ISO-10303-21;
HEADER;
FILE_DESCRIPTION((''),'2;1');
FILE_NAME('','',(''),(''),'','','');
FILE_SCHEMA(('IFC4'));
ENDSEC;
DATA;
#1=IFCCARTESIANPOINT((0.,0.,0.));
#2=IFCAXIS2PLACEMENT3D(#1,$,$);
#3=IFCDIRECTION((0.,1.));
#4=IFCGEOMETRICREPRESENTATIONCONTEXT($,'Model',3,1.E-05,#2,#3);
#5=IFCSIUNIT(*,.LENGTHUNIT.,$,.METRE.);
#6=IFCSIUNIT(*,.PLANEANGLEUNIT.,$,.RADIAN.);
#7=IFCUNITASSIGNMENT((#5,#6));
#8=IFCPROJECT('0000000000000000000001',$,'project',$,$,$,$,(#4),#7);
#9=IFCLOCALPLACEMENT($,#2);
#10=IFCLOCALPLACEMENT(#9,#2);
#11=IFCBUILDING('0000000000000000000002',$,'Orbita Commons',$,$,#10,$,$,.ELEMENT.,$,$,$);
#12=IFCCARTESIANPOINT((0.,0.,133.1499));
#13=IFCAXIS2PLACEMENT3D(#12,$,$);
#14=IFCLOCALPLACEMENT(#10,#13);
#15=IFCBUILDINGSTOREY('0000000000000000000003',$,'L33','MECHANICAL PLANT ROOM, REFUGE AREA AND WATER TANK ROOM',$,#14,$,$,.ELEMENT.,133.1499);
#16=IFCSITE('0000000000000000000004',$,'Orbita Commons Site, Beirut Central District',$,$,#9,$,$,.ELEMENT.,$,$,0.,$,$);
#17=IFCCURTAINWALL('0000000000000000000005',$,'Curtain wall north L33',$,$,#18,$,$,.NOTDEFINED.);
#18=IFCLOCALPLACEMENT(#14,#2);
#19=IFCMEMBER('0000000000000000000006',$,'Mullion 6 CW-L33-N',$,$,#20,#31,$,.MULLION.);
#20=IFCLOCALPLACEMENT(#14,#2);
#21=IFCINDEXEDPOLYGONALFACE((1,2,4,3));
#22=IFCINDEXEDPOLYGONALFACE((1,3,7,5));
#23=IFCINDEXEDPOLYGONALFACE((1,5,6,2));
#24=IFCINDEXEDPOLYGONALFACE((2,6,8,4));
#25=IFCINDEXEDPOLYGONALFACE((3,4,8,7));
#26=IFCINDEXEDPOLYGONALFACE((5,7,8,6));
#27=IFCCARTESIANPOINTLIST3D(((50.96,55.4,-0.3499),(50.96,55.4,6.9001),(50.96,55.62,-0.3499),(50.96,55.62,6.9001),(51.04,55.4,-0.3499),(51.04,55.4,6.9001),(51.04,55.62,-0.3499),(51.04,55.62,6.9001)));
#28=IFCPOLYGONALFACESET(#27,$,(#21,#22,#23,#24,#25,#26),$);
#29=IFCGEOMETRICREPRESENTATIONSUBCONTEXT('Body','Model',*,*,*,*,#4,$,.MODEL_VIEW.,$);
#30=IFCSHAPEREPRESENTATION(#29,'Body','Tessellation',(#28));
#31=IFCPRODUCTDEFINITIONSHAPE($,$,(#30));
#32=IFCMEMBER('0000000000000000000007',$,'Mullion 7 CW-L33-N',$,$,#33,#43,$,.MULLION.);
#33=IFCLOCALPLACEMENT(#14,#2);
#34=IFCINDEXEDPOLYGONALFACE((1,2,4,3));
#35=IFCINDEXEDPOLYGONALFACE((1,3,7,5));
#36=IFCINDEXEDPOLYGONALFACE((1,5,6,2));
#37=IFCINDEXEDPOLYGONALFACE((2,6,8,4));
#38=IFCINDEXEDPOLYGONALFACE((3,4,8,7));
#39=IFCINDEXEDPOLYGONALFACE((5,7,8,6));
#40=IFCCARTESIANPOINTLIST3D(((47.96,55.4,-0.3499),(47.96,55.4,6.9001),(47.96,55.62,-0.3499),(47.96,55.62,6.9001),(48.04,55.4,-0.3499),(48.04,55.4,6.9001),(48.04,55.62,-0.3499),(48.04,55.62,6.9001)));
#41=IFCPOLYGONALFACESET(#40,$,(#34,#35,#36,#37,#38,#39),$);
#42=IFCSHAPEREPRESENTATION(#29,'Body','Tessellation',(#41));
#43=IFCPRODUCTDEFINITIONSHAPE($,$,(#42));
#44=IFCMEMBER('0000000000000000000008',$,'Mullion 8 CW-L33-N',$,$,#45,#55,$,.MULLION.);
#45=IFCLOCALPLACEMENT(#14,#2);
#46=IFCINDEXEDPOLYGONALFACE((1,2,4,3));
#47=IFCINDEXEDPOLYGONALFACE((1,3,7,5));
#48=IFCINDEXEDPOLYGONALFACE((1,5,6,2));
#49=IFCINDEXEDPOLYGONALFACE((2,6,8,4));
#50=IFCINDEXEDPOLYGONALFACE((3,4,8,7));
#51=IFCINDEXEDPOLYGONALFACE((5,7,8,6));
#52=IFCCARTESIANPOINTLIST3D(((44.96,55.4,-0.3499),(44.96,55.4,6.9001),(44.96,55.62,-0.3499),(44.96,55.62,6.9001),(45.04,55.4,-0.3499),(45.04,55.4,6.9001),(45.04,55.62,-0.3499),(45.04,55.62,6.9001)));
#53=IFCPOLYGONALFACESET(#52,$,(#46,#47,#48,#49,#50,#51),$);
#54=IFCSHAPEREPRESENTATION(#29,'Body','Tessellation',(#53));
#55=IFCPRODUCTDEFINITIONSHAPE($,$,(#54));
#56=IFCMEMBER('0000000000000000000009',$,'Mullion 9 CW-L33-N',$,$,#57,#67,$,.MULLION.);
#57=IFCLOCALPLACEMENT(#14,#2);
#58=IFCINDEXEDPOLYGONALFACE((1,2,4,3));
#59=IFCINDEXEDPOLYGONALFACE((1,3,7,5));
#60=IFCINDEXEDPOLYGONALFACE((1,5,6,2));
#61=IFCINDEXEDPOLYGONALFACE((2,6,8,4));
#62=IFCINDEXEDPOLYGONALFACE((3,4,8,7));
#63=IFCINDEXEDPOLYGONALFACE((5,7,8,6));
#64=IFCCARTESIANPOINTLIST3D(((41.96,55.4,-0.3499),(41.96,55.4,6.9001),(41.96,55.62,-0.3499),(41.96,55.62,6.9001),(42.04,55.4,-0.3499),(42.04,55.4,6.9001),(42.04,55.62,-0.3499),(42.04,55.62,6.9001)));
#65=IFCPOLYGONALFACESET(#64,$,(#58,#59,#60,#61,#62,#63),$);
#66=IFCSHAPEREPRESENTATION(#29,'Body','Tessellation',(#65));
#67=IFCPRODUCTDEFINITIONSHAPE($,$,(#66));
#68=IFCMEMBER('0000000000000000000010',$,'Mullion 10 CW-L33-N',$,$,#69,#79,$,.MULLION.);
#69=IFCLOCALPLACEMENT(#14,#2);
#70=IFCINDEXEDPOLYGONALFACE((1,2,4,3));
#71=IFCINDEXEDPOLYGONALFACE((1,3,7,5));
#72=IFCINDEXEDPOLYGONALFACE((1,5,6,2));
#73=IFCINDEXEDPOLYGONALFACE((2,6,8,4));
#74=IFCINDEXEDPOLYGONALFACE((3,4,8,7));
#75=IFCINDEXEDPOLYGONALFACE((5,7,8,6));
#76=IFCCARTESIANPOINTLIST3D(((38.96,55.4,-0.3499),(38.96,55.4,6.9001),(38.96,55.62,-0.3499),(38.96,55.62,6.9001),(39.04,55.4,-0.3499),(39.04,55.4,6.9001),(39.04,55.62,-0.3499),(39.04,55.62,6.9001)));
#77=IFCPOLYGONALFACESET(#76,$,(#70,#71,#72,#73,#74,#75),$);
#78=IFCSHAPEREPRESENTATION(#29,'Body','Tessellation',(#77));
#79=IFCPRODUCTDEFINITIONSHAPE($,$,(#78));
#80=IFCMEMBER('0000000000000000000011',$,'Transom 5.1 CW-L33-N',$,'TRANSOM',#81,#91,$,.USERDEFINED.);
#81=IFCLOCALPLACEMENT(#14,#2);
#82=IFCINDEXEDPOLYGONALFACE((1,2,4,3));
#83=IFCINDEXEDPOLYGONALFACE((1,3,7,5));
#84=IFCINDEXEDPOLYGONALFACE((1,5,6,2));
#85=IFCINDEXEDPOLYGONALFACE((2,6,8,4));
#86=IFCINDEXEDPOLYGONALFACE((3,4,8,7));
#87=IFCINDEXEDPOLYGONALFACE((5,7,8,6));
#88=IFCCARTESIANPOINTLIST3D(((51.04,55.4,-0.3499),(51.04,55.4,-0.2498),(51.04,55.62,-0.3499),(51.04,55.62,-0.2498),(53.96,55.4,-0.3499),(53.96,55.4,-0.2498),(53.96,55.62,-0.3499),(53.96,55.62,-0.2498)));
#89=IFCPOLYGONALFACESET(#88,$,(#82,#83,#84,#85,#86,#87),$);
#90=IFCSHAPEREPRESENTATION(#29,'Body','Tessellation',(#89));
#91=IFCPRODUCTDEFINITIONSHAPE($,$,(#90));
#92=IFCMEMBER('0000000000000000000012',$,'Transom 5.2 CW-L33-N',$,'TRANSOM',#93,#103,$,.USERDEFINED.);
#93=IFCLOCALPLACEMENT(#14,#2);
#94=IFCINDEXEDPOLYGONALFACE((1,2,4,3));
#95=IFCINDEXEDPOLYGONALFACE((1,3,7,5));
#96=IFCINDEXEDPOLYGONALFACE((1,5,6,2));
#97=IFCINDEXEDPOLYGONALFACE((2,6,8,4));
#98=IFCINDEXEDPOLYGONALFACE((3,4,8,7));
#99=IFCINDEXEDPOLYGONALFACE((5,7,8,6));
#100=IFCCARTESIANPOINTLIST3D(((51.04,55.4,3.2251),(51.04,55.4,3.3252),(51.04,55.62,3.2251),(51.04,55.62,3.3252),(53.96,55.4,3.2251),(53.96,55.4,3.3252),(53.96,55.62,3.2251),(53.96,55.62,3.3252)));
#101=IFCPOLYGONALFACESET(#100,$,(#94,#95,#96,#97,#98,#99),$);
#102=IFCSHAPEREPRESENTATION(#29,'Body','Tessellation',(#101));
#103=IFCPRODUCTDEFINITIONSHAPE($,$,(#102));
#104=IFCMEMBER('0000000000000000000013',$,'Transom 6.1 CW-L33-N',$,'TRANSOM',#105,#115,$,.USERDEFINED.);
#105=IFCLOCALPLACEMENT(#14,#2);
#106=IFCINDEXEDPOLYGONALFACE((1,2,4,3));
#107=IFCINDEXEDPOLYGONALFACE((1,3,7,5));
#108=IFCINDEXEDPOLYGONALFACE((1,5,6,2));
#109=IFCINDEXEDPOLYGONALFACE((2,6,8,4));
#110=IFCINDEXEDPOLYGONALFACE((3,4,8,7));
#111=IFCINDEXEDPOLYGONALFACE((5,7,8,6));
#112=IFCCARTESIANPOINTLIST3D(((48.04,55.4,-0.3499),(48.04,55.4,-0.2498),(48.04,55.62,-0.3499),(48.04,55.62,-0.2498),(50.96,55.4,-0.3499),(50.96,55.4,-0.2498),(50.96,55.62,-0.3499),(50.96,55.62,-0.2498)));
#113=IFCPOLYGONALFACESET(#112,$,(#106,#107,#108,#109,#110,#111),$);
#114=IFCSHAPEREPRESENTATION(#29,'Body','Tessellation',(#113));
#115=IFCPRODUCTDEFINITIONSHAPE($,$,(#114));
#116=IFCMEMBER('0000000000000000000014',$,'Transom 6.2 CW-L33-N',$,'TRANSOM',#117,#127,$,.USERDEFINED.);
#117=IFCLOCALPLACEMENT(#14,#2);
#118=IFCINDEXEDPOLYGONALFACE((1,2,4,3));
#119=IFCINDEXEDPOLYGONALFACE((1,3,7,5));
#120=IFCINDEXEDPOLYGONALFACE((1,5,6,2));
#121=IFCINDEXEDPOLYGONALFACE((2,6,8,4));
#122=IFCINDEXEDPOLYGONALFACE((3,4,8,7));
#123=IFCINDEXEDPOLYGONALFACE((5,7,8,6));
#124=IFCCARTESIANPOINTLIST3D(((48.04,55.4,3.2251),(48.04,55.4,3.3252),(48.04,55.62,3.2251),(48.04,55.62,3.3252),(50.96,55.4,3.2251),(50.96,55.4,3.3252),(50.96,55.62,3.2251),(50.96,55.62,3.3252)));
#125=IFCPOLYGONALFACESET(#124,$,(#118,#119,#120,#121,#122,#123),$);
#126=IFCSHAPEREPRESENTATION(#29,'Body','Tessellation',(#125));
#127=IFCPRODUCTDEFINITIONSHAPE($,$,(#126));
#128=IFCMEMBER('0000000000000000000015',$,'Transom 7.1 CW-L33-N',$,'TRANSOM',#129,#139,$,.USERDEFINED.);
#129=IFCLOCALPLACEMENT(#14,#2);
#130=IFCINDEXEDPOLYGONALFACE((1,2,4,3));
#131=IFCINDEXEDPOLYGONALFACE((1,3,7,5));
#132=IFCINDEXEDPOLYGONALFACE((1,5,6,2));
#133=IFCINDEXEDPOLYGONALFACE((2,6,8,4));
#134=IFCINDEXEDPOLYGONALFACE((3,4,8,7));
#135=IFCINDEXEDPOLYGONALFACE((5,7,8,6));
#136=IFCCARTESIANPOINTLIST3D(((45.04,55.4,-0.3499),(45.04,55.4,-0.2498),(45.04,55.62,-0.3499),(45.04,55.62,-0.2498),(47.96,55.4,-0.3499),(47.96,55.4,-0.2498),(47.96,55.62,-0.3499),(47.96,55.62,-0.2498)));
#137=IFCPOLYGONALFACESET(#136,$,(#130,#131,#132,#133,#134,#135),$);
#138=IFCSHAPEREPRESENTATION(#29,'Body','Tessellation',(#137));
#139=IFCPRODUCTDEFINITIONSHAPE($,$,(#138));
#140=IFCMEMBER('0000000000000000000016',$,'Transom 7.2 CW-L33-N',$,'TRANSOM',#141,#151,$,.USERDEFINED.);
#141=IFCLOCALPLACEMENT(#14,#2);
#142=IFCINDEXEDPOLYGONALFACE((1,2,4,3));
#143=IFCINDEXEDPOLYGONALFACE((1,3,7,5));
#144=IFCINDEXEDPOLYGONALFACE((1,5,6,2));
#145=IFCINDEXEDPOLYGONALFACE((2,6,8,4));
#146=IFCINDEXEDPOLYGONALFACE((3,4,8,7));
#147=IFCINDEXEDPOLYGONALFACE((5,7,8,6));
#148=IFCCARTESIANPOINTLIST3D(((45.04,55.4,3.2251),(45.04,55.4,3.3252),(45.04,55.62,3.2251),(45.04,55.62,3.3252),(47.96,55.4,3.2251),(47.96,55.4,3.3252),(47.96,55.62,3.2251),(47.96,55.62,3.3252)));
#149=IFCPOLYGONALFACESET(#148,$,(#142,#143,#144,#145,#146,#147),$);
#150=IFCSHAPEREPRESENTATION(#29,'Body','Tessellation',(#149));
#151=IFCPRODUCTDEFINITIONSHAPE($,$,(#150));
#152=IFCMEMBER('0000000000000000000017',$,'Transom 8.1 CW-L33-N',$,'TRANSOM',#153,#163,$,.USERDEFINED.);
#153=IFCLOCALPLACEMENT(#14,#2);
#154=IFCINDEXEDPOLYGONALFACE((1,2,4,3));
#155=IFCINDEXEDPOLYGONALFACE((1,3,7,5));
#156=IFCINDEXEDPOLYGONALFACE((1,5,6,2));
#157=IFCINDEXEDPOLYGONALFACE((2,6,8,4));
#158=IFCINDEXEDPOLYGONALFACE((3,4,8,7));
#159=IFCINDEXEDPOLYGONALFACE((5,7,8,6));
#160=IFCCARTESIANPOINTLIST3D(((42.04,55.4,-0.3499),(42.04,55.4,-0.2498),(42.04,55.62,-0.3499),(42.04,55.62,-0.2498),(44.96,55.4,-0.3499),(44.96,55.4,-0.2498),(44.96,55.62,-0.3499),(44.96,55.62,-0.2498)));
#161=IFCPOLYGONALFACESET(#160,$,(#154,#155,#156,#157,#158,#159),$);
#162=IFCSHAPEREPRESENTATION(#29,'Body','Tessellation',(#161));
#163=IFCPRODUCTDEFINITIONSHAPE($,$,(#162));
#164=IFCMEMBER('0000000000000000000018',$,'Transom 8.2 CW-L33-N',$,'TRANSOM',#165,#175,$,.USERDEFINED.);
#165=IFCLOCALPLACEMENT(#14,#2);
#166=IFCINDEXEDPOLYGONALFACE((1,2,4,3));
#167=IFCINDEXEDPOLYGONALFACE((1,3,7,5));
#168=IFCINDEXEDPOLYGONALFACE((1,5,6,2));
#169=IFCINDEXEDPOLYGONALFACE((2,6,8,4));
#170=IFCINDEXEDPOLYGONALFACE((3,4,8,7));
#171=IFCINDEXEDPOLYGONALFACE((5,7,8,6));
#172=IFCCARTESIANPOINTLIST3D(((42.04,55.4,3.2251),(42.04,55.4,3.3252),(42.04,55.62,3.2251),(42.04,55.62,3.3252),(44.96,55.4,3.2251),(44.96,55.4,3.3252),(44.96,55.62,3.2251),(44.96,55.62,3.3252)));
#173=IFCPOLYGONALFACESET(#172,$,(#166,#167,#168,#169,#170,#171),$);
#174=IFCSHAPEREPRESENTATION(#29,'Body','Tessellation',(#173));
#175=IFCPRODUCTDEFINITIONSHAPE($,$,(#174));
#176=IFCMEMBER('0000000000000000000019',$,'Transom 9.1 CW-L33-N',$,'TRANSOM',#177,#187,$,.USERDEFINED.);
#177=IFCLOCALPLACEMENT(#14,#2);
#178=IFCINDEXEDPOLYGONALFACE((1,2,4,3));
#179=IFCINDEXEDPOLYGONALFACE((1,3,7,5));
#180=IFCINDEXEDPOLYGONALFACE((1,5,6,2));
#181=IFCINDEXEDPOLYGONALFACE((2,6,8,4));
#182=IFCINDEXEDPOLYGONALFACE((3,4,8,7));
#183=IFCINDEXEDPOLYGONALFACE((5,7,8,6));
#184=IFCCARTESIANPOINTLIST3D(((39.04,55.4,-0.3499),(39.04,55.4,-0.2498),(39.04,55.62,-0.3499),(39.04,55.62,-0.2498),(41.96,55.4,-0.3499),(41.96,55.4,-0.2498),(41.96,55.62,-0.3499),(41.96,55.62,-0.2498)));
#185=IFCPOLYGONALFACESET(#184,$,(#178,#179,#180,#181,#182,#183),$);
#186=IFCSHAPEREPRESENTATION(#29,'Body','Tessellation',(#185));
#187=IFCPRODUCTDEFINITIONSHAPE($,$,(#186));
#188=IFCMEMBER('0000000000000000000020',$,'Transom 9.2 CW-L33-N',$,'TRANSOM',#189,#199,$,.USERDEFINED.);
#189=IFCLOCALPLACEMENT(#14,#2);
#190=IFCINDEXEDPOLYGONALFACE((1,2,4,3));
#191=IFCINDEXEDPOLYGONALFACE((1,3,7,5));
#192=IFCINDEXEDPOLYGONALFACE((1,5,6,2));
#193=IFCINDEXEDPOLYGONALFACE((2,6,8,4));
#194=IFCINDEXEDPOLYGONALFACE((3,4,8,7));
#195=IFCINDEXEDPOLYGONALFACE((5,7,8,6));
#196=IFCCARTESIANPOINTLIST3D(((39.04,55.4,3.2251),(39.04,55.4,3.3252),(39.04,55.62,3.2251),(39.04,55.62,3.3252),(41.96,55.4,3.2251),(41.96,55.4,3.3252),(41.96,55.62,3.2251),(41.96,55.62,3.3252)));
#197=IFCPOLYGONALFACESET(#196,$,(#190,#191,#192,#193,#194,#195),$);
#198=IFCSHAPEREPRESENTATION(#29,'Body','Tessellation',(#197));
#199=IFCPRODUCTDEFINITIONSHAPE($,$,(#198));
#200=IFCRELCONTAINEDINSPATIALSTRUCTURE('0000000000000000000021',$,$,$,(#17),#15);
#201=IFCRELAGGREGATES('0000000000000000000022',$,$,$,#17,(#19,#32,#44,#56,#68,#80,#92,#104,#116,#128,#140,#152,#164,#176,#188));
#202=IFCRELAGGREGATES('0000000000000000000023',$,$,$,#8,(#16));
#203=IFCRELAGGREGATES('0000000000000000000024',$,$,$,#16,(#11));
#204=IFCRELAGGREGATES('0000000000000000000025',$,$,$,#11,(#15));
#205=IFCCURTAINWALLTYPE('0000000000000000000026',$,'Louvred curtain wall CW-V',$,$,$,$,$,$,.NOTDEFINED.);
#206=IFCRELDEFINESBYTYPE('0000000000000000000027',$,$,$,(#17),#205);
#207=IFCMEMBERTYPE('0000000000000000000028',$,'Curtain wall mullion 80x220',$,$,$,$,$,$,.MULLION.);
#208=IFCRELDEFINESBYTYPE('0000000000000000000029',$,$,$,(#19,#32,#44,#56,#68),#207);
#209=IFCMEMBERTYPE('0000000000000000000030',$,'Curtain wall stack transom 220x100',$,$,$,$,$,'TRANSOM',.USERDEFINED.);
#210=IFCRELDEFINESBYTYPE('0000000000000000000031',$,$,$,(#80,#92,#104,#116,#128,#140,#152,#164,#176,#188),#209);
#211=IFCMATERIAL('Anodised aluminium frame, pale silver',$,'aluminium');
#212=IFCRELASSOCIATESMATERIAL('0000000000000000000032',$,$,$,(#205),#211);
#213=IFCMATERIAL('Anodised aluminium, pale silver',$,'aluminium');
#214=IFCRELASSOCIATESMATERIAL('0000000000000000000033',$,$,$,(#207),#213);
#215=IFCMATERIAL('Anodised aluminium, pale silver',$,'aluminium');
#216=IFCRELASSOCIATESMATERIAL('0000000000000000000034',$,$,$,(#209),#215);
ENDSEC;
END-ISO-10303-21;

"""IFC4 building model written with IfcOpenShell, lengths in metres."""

from ifc_helpers import new_model, si_unit, direction, frame, origin, origin_2d, place, context, subcontext, project, spatial, rectangle, extrude, material, material_profile, profile_set, type_object, element, aggregate, save


model = new_model("IFC4")

# Units and contexts
model_context = context("Model", 3, precision=1e-05, world=origin(), true_north=direction((0.0, 1.0)))
body_context = subcontext(model_context, "Body", "Model", "MODEL_VIEW")
ifc_project = project(units=[si_unit("LENGTHUNIT", "METRE"), si_unit("PLANEANGLEUNIT", "RADIAN")], contexts=[model_context])

# Site, building, storey
site_placement = place(None, origin())
site = spatial("IfcSite", under=ifc_project, at=site_placement, Name="Orbita Commons Site, Beirut Central District", CompositionType="ELEMENT", RefElevation=0.0)
building_placement = place(site_placement, origin())
building = spatial("IfcBuilding", under=site, at=building_placement, Name="Orbita Commons", CompositionType="ELEMENT")
storey_placement = place(building_placement, frame((0.0, 0.0, 133.1499)))
storey = spatial("IfcBuildingStorey", under=building, at=storey_placement, Name="L33", Description="MECHANICAL PLANT ROOM, REFUGE AREA AND WATER TANK ROOM", CompositionType="ELEMENT", Elevation=133.1499)

# Curtain wall, members
ifc_material_1 = material(Name="Anodised aluminium frame, pale silver", Category="aluminium")
curtain_wall_type = type_object("IfcCurtainWallType", Name="Louvred curtain wall CW-V", PredefinedType="NOTDEFINED", material=ifc_material_1)
curtain_wall_placement = place(storey_placement, origin())
curtain_wall = element("IfcCurtainWall", 1, at=curtain_wall_placement, inside=storey, type_object=curtain_wall_type, Name="Curtain wall north L33", PredefinedType="NOTDEFINED")
ifc_material_2 = material(Name="Anodised aluminium, pale silver", Category="aluminium")
ifc_material_profile_1 = material_profile(ifc_material_2, rectangle(XDim=0.0801, YDim=0.22, at=origin_2d()), Name="AL 80x220")
ifc_profile_set_1 = profile_set([ifc_material_profile_1], Name="Anodised aluminium, pale silver")
member_type_1 = type_object("IfcMemberType", Name="Curtain wall mullion 80x220", PredefinedType="MULLION", material=ifc_profile_set_1)
member_1_placement = place(storey_placement, frame((51.0, 55.51, -0.3499), z_axis=(0.0, 0.0, 1.0), x_axis=(-1.0, 0.0, 0.0)))
member_1 = element("IfcMember", 2, at=member_1_placement, type_object=member_type_1, Name="Mullion 6 CW-L33-N", PredefinedType="MULLION", context=body_context, shape_type="SweptSolid", body=[
    extrude(rectangle(XDim=0.0801, YDim=0.22, at=origin_2d()), origin(), (0.0, 0.0, 1.0), 7.25),
])
member_2_placement = place(storey_placement, frame((48.0, 55.51, -0.3499), z_axis=(0.0, 0.0, 1.0), x_axis=(-1.0, 0.0, 0.0)))
member_2 = element("IfcMember", 3, at=member_2_placement, type_object=member_type_1, Name="Mullion 7 CW-L33-N", PredefinedType="MULLION", context=body_context, shape_type="SweptSolid", body=[
    extrude(rectangle(XDim=0.0801, YDim=0.22, at=origin_2d()), origin(), (0.0, 0.0, 1.0), 7.25),
])
member_3_placement = place(storey_placement, frame((45.0, 55.51, -0.3499), z_axis=(0.0, 0.0, 1.0), x_axis=(-1.0, 0.0, 0.0)))
member_3 = element("IfcMember", 4, at=member_3_placement, type_object=member_type_1, Name="Mullion 8 CW-L33-N", PredefinedType="MULLION", context=body_context, shape_type="SweptSolid", body=[
    extrude(rectangle(XDim=0.0801, YDim=0.22, at=origin_2d()), origin(), (0.0, 0.0, 1.0), 7.25),
])
member_4_placement = place(storey_placement, frame((42.0, 55.51, -0.3499), z_axis=(0.0, 0.0, 1.0), x_axis=(-1.0, 0.0, 0.0)))
member_4 = element("IfcMember", 5, at=member_4_placement, type_object=member_type_1, Name="Mullion 9 CW-L33-N", PredefinedType="MULLION", context=body_context, shape_type="SweptSolid", body=[
    extrude(rectangle(XDim=0.0801, YDim=0.22, at=origin_2d()), origin(), (0.0, 0.0, 1.0), 7.25),
])
member_5_placement = place(storey_placement, frame((39.0, 55.51, -0.3499), z_axis=(0.0, 0.0, 1.0), x_axis=(-1.0, 0.0, 0.0)))
member_5 = element("IfcMember", 6, at=member_5_placement, type_object=member_type_1, Name="Mullion 10 CW-L33-N", PredefinedType="MULLION", context=body_context, shape_type="SweptSolid", body=[
    extrude(rectangle(XDim=0.0801, YDim=0.22, at=origin_2d()), origin(), (0.0, 0.0, 1.0), 7.25),
])
ifc_material_3 = material(Name="Anodised aluminium, pale silver", Category="aluminium")
ifc_material_profile_2 = material_profile(ifc_material_3, rectangle(XDim=0.22, YDim=0.1001, at=origin_2d()), Name="AL 220x100")
ifc_profile_set_2 = profile_set([ifc_material_profile_2], Name="Anodised aluminium, pale silver")
member_type_2 = type_object("IfcMemberType", Name="Curtain wall stack transom 220x100", ElementType="TRANSOM", PredefinedType="USERDEFINED", material=ifc_profile_set_2)
member_6_placement = place(storey_placement, frame((53.96, 55.51, -0.2998), z_axis=(-1.0, 0.0, 0.0), x_axis=(0.0, -1.0, 0.0)))
member_6 = element("IfcMember", 7, at=member_6_placement, type_object=member_type_2, Name="Transom 5.1 CW-L33-N", ObjectType="TRANSOM", PredefinedType="USERDEFINED", context=body_context, shape_type="SweptSolid", body=[
    extrude(rectangle(XDim=0.22, YDim=0.1001, at=origin_2d()), origin(), (0.0, 0.0, 1.0), 2.9199),
])
member_7_placement = place(storey_placement, frame((53.96, 55.51, 3.2751), z_axis=(-1.0, 0.0, 0.0), x_axis=(0.0, -1.0, 0.0)))
member_7 = element("IfcMember", 8, at=member_7_placement, type_object=member_type_2, Name="Transom 5.2 CW-L33-N", ObjectType="TRANSOM", PredefinedType="USERDEFINED", context=body_context, shape_type="SweptSolid", body=[
    extrude(rectangle(XDim=0.22, YDim=0.1001, at=origin_2d()), origin(), (0.0, 0.0, 1.0), 2.9199),
])
member_8_placement = place(storey_placement, frame((50.96, 55.51, -0.2998), z_axis=(-1.0, 0.0, 0.0), x_axis=(0.0, -1.0, 0.0)))
member_8 = element("IfcMember", 9, at=member_8_placement, type_object=member_type_2, Name="Transom 6.1 CW-L33-N", ObjectType="TRANSOM", PredefinedType="USERDEFINED", context=body_context, shape_type="SweptSolid", body=[
    extrude(rectangle(XDim=0.22, YDim=0.1001, at=origin_2d()), origin(), (0.0, 0.0, 1.0), 2.9199),
])
member_9_placement = place(storey_placement, frame((50.96, 55.51, 3.2751), z_axis=(-1.0, 0.0, 0.0), x_axis=(0.0, -1.0, 0.0)))
member_9 = element("IfcMember", 10, at=member_9_placement, type_object=member_type_2, Name="Transom 6.2 CW-L33-N", ObjectType="TRANSOM", PredefinedType="USERDEFINED", context=body_context, shape_type="SweptSolid", body=[
    extrude(rectangle(XDim=0.22, YDim=0.1001, at=origin_2d()), origin(), (0.0, 0.0, 1.0), 2.9199),
])
member_10_placement = place(storey_placement, frame((47.96, 55.51, -0.2998), z_axis=(-1.0, 0.0, 0.0), x_axis=(0.0, -1.0, 0.0)))
member_10 = element("IfcMember", 11, at=member_10_placement, type_object=member_type_2, Name="Transom 7.1 CW-L33-N", ObjectType="TRANSOM", PredefinedType="USERDEFINED", context=body_context, shape_type="SweptSolid", body=[
    extrude(rectangle(XDim=0.22, YDim=0.1001, at=origin_2d()), origin(), (0.0, 0.0, 1.0), 2.9199),
])
member_11_placement = place(storey_placement, frame((47.96, 55.51, 3.2751), z_axis=(-1.0, 0.0, 0.0), x_axis=(0.0, -1.0, 0.0)))
member_11 = element("IfcMember", 12, at=member_11_placement, type_object=member_type_2, Name="Transom 7.2 CW-L33-N", ObjectType="TRANSOM", PredefinedType="USERDEFINED", context=body_context, shape_type="SweptSolid", body=[
    extrude(rectangle(XDim=0.22, YDim=0.1001, at=origin_2d()), origin(), (0.0, 0.0, 1.0), 2.9199),
])
member_12_placement = place(storey_placement, frame((44.96, 55.51, -0.2998), z_axis=(-1.0, 0.0, 0.0), x_axis=(0.0, -1.0, 0.0)))
member_12 = element("IfcMember", 13, at=member_12_placement, type_object=member_type_2, Name="Transom 8.1 CW-L33-N", ObjectType="TRANSOM", PredefinedType="USERDEFINED", context=body_context, shape_type="SweptSolid", body=[
    extrude(rectangle(XDim=0.22, YDim=0.1001, at=origin_2d()), origin(), (0.0, 0.0, 1.0), 2.9199),
])
member_13_placement = place(storey_placement, frame((44.96, 55.51, 3.2751), z_axis=(-1.0, 0.0, 0.0), x_axis=(0.0, -1.0, 0.0)))
member_13 = element("IfcMember", 14, at=member_13_placement, type_object=member_type_2, Name="Transom 8.2 CW-L33-N", ObjectType="TRANSOM", PredefinedType="USERDEFINED", context=body_context, shape_type="SweptSolid", body=[
    extrude(rectangle(XDim=0.22, YDim=0.1001, at=origin_2d()), origin(), (0.0, 0.0, 1.0), 2.9199),
])
member_14_placement = place(storey_placement, frame((41.96, 55.51, -0.2998), z_axis=(-1.0, 0.0, 0.0), x_axis=(0.0, -1.0, 0.0)))
member_14 = element("IfcMember", 15, at=member_14_placement, type_object=member_type_2, Name="Transom 9.1 CW-L33-N", ObjectType="TRANSOM", PredefinedType="USERDEFINED", context=body_context, shape_type="SweptSolid", body=[
    extrude(rectangle(XDim=0.22, YDim=0.1001, at=origin_2d()), origin(), (0.0, 0.0, 1.0), 2.9199),
])
member_15_placement = place(storey_placement, frame((41.96, 55.51, 3.2751), z_axis=(-1.0, 0.0, 0.0), x_axis=(0.0, -1.0, 0.0)))
member_15 = element("IfcMember", 16, at=member_15_placement, type_object=member_type_2, Name="Transom 9.2 CW-L33-N", ObjectType="TRANSOM", PredefinedType="USERDEFINED", context=body_context, shape_type="SweptSolid", body=[
    extrude(rectangle(XDim=0.22, YDim=0.1001, at=origin_2d()), origin(), (0.0, 0.0, 1.0), 2.9199),
])
aggregate(curtain_wall, [member_1, member_2, member_3, member_4, member_5, member_6, member_7, member_8, member_9, member_10, member_11, member_12, member_13, member_14, member_15])

save(model, "model.ifc")
